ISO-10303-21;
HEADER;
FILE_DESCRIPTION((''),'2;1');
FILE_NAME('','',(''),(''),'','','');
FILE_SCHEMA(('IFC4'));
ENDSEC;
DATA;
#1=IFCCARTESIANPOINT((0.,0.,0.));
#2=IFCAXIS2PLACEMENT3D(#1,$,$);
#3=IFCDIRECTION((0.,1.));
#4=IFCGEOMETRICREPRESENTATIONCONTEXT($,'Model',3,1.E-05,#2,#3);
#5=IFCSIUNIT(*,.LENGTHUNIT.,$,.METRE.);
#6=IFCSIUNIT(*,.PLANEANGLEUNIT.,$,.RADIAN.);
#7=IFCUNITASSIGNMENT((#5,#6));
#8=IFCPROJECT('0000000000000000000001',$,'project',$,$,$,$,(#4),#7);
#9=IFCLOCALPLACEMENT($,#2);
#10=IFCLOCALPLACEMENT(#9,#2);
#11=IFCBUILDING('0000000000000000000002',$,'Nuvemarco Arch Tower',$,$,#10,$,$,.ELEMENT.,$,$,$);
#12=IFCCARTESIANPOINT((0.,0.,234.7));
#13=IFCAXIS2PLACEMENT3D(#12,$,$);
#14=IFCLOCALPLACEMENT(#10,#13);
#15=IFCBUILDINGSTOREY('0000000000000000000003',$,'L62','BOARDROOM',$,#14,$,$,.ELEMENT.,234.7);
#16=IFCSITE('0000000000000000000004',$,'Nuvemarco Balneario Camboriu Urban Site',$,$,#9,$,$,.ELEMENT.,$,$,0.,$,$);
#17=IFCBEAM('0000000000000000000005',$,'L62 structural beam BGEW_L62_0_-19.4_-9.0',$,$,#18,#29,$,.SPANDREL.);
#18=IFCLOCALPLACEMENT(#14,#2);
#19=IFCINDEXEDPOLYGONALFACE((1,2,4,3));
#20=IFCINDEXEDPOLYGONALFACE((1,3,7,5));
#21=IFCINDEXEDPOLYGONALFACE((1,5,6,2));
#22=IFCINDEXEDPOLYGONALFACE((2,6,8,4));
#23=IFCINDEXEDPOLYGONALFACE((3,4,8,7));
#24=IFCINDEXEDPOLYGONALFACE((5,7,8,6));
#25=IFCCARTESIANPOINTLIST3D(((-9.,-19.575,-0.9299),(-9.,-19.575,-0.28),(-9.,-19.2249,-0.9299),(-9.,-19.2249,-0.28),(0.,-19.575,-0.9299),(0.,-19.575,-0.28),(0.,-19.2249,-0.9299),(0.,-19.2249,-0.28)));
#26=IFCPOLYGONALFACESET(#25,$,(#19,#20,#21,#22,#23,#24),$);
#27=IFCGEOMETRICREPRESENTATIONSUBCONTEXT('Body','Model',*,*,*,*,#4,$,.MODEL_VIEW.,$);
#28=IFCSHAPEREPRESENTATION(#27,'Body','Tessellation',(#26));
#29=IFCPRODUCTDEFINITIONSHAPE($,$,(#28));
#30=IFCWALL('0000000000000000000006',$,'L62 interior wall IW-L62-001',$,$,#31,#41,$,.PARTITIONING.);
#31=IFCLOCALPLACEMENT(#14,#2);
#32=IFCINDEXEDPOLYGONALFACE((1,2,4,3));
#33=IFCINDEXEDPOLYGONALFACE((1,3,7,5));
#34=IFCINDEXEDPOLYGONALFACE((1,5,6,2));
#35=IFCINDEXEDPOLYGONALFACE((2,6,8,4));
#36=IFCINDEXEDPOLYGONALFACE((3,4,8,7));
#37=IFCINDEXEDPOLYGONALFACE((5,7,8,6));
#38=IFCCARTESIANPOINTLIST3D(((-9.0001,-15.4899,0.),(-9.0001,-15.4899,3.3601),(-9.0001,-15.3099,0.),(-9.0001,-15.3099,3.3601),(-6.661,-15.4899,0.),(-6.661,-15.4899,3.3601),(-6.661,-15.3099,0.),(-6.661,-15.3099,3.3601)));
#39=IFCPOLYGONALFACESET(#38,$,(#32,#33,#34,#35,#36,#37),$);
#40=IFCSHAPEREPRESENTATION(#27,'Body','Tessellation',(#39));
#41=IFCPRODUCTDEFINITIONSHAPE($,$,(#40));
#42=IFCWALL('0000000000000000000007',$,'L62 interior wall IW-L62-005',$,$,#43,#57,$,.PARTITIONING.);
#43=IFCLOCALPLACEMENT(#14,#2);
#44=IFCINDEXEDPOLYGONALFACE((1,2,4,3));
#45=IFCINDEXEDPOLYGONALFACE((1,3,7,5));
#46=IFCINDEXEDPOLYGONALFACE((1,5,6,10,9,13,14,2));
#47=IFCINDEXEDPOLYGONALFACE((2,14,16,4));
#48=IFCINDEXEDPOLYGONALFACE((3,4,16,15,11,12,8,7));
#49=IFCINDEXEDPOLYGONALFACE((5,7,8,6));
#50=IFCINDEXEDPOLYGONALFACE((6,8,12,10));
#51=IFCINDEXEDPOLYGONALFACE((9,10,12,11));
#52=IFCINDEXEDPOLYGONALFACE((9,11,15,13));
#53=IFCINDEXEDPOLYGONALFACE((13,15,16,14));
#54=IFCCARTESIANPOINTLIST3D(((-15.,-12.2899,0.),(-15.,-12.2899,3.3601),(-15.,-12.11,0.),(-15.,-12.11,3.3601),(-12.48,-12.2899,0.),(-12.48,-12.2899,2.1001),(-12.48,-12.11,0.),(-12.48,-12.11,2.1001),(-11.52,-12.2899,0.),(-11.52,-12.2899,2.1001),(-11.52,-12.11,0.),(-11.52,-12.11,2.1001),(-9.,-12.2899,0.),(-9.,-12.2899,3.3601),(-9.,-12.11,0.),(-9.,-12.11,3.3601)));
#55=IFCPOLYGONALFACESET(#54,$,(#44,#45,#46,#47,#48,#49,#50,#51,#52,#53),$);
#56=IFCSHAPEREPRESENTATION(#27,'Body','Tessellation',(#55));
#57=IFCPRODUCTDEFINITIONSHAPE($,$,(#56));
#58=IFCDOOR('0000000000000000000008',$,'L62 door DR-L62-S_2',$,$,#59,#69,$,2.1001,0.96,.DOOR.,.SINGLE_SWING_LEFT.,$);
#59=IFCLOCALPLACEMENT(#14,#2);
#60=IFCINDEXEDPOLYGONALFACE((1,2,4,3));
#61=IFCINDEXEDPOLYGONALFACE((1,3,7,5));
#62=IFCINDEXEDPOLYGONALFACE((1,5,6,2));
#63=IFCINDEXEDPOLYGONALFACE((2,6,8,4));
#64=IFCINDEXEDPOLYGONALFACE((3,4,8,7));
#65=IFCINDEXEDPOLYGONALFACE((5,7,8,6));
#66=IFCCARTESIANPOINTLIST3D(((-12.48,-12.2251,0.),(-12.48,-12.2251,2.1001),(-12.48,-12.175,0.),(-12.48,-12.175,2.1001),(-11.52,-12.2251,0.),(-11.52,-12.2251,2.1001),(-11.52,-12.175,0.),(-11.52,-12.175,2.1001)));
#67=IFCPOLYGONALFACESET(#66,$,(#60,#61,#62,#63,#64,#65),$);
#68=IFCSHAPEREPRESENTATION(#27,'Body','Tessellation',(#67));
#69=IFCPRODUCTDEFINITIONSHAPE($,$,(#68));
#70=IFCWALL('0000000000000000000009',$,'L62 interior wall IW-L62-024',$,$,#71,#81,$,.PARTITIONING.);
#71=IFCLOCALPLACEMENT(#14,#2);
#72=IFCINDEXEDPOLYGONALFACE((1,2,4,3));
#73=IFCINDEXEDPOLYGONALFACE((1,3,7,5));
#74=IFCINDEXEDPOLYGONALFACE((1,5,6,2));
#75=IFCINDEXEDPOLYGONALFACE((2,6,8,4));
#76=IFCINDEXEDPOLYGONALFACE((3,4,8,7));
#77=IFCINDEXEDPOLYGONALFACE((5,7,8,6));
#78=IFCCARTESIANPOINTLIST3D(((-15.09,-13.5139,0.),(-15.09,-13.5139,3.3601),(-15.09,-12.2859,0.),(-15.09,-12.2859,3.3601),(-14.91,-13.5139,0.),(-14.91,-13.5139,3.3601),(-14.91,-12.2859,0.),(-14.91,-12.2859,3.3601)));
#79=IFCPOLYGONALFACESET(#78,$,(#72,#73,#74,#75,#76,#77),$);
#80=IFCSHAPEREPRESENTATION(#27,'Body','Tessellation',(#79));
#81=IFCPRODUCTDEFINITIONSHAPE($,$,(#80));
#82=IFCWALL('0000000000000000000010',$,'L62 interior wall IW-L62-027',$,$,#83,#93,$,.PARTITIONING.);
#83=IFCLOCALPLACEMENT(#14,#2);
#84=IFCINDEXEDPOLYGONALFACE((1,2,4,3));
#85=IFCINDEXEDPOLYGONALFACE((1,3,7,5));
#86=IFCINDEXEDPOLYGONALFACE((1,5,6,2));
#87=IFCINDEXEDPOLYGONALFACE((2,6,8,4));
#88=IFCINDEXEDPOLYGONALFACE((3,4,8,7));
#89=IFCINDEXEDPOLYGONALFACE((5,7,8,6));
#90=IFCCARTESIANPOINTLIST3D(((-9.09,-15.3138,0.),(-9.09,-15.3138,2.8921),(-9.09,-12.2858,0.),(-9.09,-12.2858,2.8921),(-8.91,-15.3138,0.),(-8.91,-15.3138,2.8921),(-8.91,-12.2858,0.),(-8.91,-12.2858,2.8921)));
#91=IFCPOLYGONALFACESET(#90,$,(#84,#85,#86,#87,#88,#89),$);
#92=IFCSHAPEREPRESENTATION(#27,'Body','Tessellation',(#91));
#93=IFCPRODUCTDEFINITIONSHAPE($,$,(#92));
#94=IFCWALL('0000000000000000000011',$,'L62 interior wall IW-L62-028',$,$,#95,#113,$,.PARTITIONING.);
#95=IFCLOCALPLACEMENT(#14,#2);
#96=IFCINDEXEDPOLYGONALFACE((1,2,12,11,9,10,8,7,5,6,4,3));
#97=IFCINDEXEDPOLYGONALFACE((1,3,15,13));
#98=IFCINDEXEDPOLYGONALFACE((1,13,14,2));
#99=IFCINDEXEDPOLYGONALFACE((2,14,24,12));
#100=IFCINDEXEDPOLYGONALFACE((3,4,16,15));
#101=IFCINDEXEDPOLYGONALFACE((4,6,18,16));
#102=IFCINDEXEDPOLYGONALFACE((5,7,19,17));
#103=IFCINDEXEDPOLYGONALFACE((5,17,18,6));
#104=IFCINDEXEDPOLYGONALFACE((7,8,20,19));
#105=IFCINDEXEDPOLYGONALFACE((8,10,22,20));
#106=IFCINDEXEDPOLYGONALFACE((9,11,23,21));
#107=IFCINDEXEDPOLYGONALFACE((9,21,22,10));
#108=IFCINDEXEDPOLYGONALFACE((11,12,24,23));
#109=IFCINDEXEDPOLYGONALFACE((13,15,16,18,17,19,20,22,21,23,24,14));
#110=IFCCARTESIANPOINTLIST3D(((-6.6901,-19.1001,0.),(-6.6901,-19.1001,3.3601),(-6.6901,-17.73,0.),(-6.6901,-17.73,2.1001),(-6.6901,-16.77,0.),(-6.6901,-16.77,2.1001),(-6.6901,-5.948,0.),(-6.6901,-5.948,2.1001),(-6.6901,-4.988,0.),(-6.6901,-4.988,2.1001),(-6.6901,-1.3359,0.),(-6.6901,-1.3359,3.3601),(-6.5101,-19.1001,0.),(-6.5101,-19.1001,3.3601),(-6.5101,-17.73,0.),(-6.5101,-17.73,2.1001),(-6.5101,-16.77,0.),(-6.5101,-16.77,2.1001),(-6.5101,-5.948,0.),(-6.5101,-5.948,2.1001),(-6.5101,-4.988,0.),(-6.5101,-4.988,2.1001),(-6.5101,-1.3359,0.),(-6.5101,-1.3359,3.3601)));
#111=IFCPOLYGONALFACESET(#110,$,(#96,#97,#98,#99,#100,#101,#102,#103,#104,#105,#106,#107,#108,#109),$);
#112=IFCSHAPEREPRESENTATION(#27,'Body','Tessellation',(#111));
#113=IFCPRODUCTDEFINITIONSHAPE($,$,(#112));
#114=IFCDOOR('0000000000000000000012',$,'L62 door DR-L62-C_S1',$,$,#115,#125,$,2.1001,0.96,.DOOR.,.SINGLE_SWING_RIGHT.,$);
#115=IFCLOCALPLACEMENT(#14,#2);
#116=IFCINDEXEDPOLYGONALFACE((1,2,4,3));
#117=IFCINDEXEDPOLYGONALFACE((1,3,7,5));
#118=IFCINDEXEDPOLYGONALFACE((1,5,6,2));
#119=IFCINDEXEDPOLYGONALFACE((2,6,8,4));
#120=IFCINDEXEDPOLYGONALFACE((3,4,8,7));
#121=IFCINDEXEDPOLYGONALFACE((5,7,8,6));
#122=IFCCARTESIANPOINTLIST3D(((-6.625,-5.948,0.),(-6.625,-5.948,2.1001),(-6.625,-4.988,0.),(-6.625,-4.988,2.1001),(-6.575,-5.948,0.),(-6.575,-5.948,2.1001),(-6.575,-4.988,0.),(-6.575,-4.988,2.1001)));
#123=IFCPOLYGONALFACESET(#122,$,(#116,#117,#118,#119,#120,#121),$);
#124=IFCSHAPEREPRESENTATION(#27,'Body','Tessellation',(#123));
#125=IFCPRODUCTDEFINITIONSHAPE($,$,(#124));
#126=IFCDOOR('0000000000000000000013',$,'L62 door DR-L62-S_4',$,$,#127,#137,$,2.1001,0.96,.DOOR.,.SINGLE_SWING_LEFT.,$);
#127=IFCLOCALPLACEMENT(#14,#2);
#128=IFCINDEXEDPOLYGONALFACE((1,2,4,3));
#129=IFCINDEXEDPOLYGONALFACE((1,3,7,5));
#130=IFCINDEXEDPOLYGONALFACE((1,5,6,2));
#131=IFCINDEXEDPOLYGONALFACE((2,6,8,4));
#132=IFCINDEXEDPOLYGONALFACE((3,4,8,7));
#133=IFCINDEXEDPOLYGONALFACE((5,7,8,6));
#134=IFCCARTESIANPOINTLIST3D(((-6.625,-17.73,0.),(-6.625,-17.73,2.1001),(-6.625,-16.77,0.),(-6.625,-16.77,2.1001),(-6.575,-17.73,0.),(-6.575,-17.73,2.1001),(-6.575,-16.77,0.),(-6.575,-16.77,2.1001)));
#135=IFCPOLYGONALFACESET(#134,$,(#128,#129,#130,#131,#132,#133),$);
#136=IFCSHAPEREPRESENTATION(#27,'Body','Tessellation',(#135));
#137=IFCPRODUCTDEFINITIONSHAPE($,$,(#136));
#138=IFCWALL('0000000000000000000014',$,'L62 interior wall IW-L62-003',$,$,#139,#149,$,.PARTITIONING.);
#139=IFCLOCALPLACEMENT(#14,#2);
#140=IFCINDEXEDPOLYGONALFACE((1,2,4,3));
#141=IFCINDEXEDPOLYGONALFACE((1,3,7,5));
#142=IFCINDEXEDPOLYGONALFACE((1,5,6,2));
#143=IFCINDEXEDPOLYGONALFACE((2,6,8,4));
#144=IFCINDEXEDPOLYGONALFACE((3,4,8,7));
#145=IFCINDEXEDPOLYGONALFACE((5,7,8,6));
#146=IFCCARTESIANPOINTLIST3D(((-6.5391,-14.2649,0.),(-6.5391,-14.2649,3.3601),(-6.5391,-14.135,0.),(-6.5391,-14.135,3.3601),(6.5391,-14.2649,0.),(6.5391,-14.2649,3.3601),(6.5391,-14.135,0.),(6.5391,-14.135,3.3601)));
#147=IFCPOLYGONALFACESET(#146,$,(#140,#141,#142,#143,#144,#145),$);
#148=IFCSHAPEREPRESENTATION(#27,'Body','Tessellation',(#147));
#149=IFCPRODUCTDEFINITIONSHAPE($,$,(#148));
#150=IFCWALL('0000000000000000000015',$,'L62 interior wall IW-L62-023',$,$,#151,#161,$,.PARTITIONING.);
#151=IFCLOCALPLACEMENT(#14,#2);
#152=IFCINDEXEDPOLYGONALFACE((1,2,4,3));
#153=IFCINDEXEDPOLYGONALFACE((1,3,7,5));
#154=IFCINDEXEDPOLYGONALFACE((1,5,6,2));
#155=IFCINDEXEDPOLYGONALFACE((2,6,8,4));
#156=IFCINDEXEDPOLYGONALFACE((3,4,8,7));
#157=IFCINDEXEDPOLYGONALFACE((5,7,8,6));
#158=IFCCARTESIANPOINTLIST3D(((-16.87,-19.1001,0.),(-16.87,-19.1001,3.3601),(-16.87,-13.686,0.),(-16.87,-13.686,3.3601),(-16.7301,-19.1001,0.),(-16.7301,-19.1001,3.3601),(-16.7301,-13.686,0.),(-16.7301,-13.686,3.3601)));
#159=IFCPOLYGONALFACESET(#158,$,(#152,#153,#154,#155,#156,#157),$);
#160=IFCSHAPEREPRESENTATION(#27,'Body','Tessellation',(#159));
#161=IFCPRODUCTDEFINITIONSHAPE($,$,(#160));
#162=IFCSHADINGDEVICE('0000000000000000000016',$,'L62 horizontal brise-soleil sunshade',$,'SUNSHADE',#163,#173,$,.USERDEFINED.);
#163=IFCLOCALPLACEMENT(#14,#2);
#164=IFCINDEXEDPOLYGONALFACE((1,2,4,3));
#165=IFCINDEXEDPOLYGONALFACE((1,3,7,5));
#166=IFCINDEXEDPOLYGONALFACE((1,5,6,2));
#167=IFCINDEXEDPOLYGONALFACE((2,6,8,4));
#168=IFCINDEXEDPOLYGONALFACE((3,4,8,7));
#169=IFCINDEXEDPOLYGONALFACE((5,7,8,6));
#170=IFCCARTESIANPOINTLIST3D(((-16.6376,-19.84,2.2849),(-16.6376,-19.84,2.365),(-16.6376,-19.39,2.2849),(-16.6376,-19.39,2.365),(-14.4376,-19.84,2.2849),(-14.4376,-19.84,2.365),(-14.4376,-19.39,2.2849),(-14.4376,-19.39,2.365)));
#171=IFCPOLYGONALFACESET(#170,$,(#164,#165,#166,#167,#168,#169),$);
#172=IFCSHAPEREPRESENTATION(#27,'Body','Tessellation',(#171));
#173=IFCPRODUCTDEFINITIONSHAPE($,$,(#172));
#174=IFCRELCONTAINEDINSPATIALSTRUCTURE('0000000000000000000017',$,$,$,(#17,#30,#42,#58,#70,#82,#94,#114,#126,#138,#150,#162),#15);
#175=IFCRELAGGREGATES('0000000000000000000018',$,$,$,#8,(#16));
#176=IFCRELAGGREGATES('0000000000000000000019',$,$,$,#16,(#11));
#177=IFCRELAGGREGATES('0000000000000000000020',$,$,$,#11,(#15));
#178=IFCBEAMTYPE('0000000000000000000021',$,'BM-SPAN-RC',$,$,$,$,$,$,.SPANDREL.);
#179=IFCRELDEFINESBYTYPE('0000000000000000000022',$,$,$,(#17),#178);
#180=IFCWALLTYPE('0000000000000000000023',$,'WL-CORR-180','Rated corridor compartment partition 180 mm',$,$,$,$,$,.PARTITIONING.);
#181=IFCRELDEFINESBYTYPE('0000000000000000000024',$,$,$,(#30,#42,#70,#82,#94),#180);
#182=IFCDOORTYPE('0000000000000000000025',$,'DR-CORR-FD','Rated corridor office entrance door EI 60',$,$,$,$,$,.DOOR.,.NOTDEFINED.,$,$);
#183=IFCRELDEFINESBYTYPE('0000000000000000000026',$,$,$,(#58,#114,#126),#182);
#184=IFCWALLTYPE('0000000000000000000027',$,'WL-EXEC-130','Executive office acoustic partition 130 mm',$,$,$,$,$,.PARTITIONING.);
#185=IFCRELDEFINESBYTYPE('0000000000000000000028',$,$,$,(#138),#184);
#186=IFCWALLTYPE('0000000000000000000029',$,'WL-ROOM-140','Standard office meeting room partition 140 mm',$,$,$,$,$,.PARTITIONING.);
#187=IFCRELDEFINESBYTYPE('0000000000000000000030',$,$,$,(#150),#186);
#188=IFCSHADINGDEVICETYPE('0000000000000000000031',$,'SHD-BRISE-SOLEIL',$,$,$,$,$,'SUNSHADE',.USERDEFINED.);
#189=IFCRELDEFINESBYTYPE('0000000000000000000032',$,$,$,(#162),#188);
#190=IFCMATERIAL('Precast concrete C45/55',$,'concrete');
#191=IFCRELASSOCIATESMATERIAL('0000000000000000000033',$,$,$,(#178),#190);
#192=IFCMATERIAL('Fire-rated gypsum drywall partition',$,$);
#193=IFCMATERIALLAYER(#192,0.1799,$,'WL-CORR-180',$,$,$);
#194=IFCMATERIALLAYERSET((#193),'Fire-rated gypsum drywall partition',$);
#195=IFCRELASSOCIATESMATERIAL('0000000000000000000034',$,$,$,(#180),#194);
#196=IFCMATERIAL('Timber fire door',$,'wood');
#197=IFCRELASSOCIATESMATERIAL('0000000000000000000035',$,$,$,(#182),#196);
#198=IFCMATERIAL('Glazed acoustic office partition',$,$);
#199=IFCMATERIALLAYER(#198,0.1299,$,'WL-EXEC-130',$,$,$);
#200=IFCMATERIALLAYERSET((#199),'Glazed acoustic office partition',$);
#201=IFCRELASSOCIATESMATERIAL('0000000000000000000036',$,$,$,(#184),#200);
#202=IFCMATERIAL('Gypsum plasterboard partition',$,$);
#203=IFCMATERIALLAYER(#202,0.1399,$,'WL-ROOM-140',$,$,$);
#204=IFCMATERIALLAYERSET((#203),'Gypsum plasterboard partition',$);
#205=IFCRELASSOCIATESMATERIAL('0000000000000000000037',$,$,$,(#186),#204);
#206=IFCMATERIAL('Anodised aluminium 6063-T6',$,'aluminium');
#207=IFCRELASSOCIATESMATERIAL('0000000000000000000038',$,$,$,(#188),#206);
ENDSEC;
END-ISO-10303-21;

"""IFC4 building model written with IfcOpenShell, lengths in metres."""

from ifc_helpers import new_model, si_unit, direction, frame, frame_2d, origin, origin_2d, place, context, subcontext, project, spatial, rectangle, extrude, source, transform, mapped, material, layer, layer_set, material_profile, profile_set, type_object, type_shapes, element, fill, save


model = new_model("IFC4")

# Units and contexts
model_context = context("Model", 3, precision=1e-05, world=origin(), true_north=direction((0.0, 1.0)))
body_context = subcontext(model_context, "Body", "Model", "MODEL_VIEW")
ifc_project = project(units=[si_unit("LENGTHUNIT", "METRE"), si_unit("PLANEANGLEUNIT", "RADIAN")], contexts=[model_context])

# Site, building, storey
site_placement = place(None, origin())
site = spatial("IfcSite", under=ifc_project, at=site_placement, Name="Nuvemarco Balneario Camboriu Urban Site", CompositionType="ELEMENT", RefElevation=0.0)
building_placement = place(site_placement, origin())
building = spatial("IfcBuilding", under=site, at=building_placement, Name="Nuvemarco Arch Tower", CompositionType="ELEMENT")
storey_placement = place(building_placement, frame((0.0, 0.0, 234.7)))
storey = spatial("IfcBuildingStorey", under=building, at=storey_placement, Name="L62", Description="BOARDROOM", CompositionType="ELEMENT", Elevation=234.7)

# Beam
ifc_material_1 = material(Name="Precast concrete C45/55", Category="concrete")
ifc_material_profile_1 = material_profile(ifc_material_1, rectangle(XDim=0.3501, YDim=0.6499, at=origin_2d()), Name="PC-SP-350x650")
ifc_profile_set_1 = profile_set([ifc_material_profile_1], Name="Precast concrete C45/55")
beam_type_1 = type_object("IfcBeamType", Name="BM-SPAN-RC", PredefinedType="SPANDREL", material=ifc_profile_set_1)
beam_1_placement = place(storey_placement, frame((-9.0, -19.3999, -0.605), z_axis=(1.0, 0.0, 0.0), x_axis=(0.0, 1.0, 0.0)))
element("IfcBeam", 1, at=beam_1_placement, inside=storey, type_object=beam_type_1, Name="L62 structural beam BGEW_L62_0_-19.4_-9.0", PredefinedType="SPANDREL", context=body_context, shape_type="SweptSolid", body=[
    extrude(rectangle(XDim=0.3501, YDim=0.6499, at=origin_2d()), origin(), (0.0, 0.0, 1.0), 9.0),
])

# Wall
ifc_material_2 = material(Name="Fire-rated gypsum drywall partition")
ifc_layer_1 = layer(ifc_material_2, 0.1799, Name="WL-CORR-180")
ifc_layer_set_1 = layer_set([ifc_layer_1], Name="Fire-rated gypsum drywall partition")
wall_type_1 = type_object("IfcWallType", Name="WL-CORR-180", Description="Rated corridor compartment partition 180 mm", PredefinedType="PARTITIONING", material=ifc_layer_set_1)
wall_1_placement = place(storey_placement, frame((-9.0, -15.3999, 0.0), z_axis=(0.0, 0.0, 1.0), x_axis=(1.0, 0.0, 0.0)))
element("IfcWall", 2, at=wall_1_placement, inside=storey, type_object=wall_type_1, Name="L62 interior wall IW-L62-001", PredefinedType="PARTITIONING", context=body_context, shape_type="SweptSolid", body=[
    extrude(rectangle(XDim=2.3391, YDim=0.1799, at=frame_2d((1.1694, 0.0))), origin(), (0.0, 0.0, 1.0), 3.3601),
])

# Wall, opening, door
wall_2_placement = place(storey_placement, frame((-15.0, -12.2, 0.0), z_axis=(0.0, 0.0, 1.0), x_axis=(1.0, 0.0, 0.0)))
wall_2 = element("IfcWall", 3, at=wall_2_placement, inside=storey, type_object=wall_type_1, Name="L62 interior wall IW-L62-005", PredefinedType="PARTITIONING", context=body_context, shape_type="SweptSolid", body=[
    extrude(rectangle(XDim=6.0, YDim=0.1799, at=frame_2d((3.0, 0.0))), origin(), (0.0, 0.0, 1.0), 3.3601),
])
opening_1_placement = place(wall_2_placement, frame((2.52, 0.0, 0.0)))
opening_1 = element("IfcOpeningElement", 4, at=opening_1_placement, cuts=wall_2, PredefinedType="OPENING", context=body_context, shape_type="SweptSolid", body=[
    extrude(rectangle(XDim=0.96, YDim=2.1001, at=frame_2d((0.48, 1.05))), frame((0.0, 0.0999, 0.0), z_axis=(0.0, -1.0, 0.0), x_axis=(1.0, 0.0, 0.0)), (0.0, 0.0, 1.0), 0.2),
])
ifc_material_3 = material(Name="Timber fire door", Category="wood")
door_type = type_object("IfcDoorType", Name="DR-CORR-FD", Description="Rated corridor office entrance door EI 60", OperationType="NOTDEFINED", PredefinedType="DOOR", material=ifc_material_3)
shared_shape_1 = source(origin(), body_context, "Body", "SweptSolid", [
    extrude(rectangle(XDim=0.96, YDim=2.1001, at=frame_2d((0.48, 1.05))), frame((0.0, 0.0249, 0.0), z_axis=(0.0, -1.0, 0.0), x_axis=(1.0, 0.0, 0.0)), (0.0, 0.0, 1.0), 0.05),
])
type_shapes(door_type, [shared_shape_1])
door_1_placement = place(opening_1_placement, origin())
door_1 = element("IfcDoor", 5, at=door_1_placement, inside=storey, type_object=door_type, Name="L62 door DR-L62-S_2", OperationType="SINGLE_SWING_LEFT", OverallHeight=2.1001, OverallWidth=0.96, PredefinedType="DOOR", context=body_context, shape_type="MappedRepresentation", body=[
    mapped(shared_shape_1, transform((0.0, 0.0, 0.0), scale=1.0)),
])
fill(opening_1, door_1)

# Walls
wall_3_placement = place(storey_placement, frame((-15.0, -13.5139, 0.0), z_axis=(0.0, 0.0, 1.0), x_axis=(0.0, 1.0, 0.0)))
element("IfcWall", 6, at=wall_3_placement, inside=storey, type_object=wall_type_1, Name="L62 interior wall IW-L62-024", PredefinedType="PARTITIONING", context=body_context, shape_type="SweptSolid", body=[
    extrude(rectangle(XDim=1.228, YDim=0.1799, at=frame_2d((0.614, 0.0))), origin(), (0.0, 0.0, 1.0), 3.3601),
])
wall_4_placement = place(storey_placement, frame((-9.0, -15.314, 0.0), z_axis=(0.0, 0.0, 1.0), x_axis=(0.0, 1.0, 0.0)))
element("IfcWall", 7, at=wall_4_placement, inside=storey, type_object=wall_type_1, Name="L62 interior wall IW-L62-027", PredefinedType="PARTITIONING", context=body_context, shape_type="SweptSolid", body=[
    extrude(rectangle(XDim=3.0281, YDim=0.1799, at=frame_2d((1.5142, 0.0))), origin(), (0.0, 0.0, 1.0), 2.8921),
])

# Wall, openings, doors
wall_5_placement = place(storey_placement, frame((-6.6001, -19.1001, 0.0), z_axis=(0.0, 0.0, 1.0), x_axis=(0.0, 1.0, 0.0)))
wall_5 = element("IfcWall", 8, at=wall_5_placement, inside=storey, type_object=wall_type_1, Name="L62 interior wall IW-L62-028", PredefinedType="PARTITIONING", context=body_context, shape_type="SweptSolid", body=[
    extrude(rectangle(XDim=17.7642, YDim=0.1799, at=frame_2d((8.8821, 0.0))), origin(), (0.0, 0.0, 1.0), 3.3601),
])
opening_2_placement = place(wall_5_placement, frame((13.1521, 0.0, 0.0)))
opening_2 = element("IfcOpeningElement", 9, at=opening_2_placement, cuts=wall_5, PredefinedType="OPENING", context=body_context, shape_type="SweptSolid", body=[
    extrude(rectangle(XDim=0.96, YDim=2.1001, at=frame_2d((0.48, 1.05))), frame((0.0, 0.0999, 0.0), z_axis=(0.0, -1.0, 0.0), x_axis=(1.0, 0.0, 0.0)), (0.0, 0.0, 1.0), 0.2),
])
opening_3_placement = place(wall_5_placement, frame((1.3701, 0.0, 0.0)))
opening_3 = element("IfcOpeningElement", 10, at=opening_3_placement, cuts=wall_5, PredefinedType="OPENING", context=body_context, shape_type="SweptSolid", body=[
    extrude(rectangle(XDim=0.96, YDim=2.1001, at=frame_2d((0.48, 1.05))), frame((0.0, 0.0999, 0.0), z_axis=(0.0, -1.0, 0.0), x_axis=(1.0, 0.0, 0.0)), (0.0, 0.0, 1.0), 0.2),
])
door_2_placement = place(opening_2_placement, origin())
door_2 = element("IfcDoor", 11, at=door_2_placement, inside=storey, type_object=door_type, Name="L62 door DR-L62-C_S1", OperationType="SINGLE_SWING_RIGHT", OverallHeight=2.1001, OverallWidth=0.96, PredefinedType="DOOR", context=body_context, shape_type="MappedRepresentation", body=[
    mapped(shared_shape_1, transform((0.0, 0.0, 0.0), scale=1.0)),
])
fill(opening_2, door_2)
door_3_placement = place(opening_3_placement, origin())
door_3 = element("IfcDoor", 12, at=door_3_placement, inside=storey, type_object=door_type, Name="L62 door DR-L62-S_4", OperationType="SINGLE_SWING_LEFT", OverallHeight=2.1001, OverallWidth=0.96, PredefinedType="DOOR", context=body_context, shape_type="MappedRepresentation", body=[
    mapped(shared_shape_1, transform((0.0, 0.0, 0.0), scale=1.0)),
])
fill(opening_3, door_3)

# Walls
ifc_material_4 = material(Name="Glazed acoustic office partition")
ifc_layer_2 = layer(ifc_material_4, 0.1299, Name="WL-EXEC-130")
ifc_layer_set_2 = layer_set([ifc_layer_2], Name="Glazed acoustic office partition")
wall_type_2 = type_object("IfcWallType", Name="WL-EXEC-130", Description="Executive office acoustic partition 130 mm", PredefinedType="PARTITIONING", material=ifc_layer_set_2)
wall_6_placement = place(storey_placement, frame((-6.5391, -14.2, 0.0), z_axis=(0.0, 0.0, 1.0), x_axis=(1.0, 0.0, 0.0)))
element("IfcWall", 13, at=wall_6_placement, inside=storey, type_object=wall_type_2, Name="L62 interior wall IW-L62-003", PredefinedType="PARTITIONING", context=body_context, shape_type="SweptSolid", body=[
    extrude(rectangle(XDim=13.0781, YDim=0.1299, at=frame_2d((6.5391, 0.0))), origin(), (0.0, 0.0, 1.0), 3.3601),
])
ifc_material_5 = material(Name="Gypsum plasterboard partition")
ifc_layer_3 = layer(ifc_material_5, 0.1399, Name="WL-ROOM-140")
ifc_layer_set_3 = layer_set([ifc_layer_3], Name="Gypsum plasterboard partition")
wall_type_3 = type_object("IfcWallType", Name="WL-ROOM-140", Description="Standard office meeting room partition 140 mm", PredefinedType="PARTITIONING", material=ifc_layer_set_3)
wall_7_placement = place(storey_placement, frame((-16.8, -19.1001, 0.0), z_axis=(0.0, 0.0, 1.0), x_axis=(0.0, 1.0, 0.0)))
element("IfcWall", 14, at=wall_7_placement, inside=storey, type_object=wall_type_3, Name="L62 interior wall IW-L62-023", PredefinedType="PARTITIONING", context=body_context, shape_type="SweptSolid", body=[
    extrude(rectangle(XDim=5.4141, YDim=0.1399, at=frame_2d((2.707, 0.0))), origin(), (0.0, 0.0, 1.0), 3.3601),
])

# Shading device
ifc_material_6 = material(Name="Anodised aluminium 6063-T6", Category="aluminium")
shading_device_type = type_object("IfcShadingDeviceType", Name="SHD-BRISE-SOLEIL", ElementType="SUNSHADE", PredefinedType="USERDEFINED", material=ifc_material_6)
shared_shape_2 = source(origin(), body_context, "Body", "SweptSolid", [
    extrude(rectangle(XDim=2.2, YDim=0.45, at=origin_2d()), origin(), (0.0, 0.0, 1.0), 0.0801),
])
type_shapes(shading_device_type, [shared_shape_2])
for number, where, z_axis, x_axis, name in (
    (15, (-15.5376, -19.615, 2.2849), (0.0, 0.0, 1.0), (1.0, 0.0, 0.0), "L62 horizontal brise-soleil sunshade"),
):
    element("IfcShadingDevice", number, at=place(storey_placement, frame(where, z_axis=z_axis, x_axis=x_axis)), inside=storey, type_object=shading_device_type, Name=name, ObjectType="SUNSHADE", PredefinedType="USERDEFINED", context=body_context, shape_type="MappedRepresentation", body=[
        mapped(shared_shape_2, transform((0.0, 0.0, 0.0), scale=1.0)),
    ])

save(model, "model.ifc")
